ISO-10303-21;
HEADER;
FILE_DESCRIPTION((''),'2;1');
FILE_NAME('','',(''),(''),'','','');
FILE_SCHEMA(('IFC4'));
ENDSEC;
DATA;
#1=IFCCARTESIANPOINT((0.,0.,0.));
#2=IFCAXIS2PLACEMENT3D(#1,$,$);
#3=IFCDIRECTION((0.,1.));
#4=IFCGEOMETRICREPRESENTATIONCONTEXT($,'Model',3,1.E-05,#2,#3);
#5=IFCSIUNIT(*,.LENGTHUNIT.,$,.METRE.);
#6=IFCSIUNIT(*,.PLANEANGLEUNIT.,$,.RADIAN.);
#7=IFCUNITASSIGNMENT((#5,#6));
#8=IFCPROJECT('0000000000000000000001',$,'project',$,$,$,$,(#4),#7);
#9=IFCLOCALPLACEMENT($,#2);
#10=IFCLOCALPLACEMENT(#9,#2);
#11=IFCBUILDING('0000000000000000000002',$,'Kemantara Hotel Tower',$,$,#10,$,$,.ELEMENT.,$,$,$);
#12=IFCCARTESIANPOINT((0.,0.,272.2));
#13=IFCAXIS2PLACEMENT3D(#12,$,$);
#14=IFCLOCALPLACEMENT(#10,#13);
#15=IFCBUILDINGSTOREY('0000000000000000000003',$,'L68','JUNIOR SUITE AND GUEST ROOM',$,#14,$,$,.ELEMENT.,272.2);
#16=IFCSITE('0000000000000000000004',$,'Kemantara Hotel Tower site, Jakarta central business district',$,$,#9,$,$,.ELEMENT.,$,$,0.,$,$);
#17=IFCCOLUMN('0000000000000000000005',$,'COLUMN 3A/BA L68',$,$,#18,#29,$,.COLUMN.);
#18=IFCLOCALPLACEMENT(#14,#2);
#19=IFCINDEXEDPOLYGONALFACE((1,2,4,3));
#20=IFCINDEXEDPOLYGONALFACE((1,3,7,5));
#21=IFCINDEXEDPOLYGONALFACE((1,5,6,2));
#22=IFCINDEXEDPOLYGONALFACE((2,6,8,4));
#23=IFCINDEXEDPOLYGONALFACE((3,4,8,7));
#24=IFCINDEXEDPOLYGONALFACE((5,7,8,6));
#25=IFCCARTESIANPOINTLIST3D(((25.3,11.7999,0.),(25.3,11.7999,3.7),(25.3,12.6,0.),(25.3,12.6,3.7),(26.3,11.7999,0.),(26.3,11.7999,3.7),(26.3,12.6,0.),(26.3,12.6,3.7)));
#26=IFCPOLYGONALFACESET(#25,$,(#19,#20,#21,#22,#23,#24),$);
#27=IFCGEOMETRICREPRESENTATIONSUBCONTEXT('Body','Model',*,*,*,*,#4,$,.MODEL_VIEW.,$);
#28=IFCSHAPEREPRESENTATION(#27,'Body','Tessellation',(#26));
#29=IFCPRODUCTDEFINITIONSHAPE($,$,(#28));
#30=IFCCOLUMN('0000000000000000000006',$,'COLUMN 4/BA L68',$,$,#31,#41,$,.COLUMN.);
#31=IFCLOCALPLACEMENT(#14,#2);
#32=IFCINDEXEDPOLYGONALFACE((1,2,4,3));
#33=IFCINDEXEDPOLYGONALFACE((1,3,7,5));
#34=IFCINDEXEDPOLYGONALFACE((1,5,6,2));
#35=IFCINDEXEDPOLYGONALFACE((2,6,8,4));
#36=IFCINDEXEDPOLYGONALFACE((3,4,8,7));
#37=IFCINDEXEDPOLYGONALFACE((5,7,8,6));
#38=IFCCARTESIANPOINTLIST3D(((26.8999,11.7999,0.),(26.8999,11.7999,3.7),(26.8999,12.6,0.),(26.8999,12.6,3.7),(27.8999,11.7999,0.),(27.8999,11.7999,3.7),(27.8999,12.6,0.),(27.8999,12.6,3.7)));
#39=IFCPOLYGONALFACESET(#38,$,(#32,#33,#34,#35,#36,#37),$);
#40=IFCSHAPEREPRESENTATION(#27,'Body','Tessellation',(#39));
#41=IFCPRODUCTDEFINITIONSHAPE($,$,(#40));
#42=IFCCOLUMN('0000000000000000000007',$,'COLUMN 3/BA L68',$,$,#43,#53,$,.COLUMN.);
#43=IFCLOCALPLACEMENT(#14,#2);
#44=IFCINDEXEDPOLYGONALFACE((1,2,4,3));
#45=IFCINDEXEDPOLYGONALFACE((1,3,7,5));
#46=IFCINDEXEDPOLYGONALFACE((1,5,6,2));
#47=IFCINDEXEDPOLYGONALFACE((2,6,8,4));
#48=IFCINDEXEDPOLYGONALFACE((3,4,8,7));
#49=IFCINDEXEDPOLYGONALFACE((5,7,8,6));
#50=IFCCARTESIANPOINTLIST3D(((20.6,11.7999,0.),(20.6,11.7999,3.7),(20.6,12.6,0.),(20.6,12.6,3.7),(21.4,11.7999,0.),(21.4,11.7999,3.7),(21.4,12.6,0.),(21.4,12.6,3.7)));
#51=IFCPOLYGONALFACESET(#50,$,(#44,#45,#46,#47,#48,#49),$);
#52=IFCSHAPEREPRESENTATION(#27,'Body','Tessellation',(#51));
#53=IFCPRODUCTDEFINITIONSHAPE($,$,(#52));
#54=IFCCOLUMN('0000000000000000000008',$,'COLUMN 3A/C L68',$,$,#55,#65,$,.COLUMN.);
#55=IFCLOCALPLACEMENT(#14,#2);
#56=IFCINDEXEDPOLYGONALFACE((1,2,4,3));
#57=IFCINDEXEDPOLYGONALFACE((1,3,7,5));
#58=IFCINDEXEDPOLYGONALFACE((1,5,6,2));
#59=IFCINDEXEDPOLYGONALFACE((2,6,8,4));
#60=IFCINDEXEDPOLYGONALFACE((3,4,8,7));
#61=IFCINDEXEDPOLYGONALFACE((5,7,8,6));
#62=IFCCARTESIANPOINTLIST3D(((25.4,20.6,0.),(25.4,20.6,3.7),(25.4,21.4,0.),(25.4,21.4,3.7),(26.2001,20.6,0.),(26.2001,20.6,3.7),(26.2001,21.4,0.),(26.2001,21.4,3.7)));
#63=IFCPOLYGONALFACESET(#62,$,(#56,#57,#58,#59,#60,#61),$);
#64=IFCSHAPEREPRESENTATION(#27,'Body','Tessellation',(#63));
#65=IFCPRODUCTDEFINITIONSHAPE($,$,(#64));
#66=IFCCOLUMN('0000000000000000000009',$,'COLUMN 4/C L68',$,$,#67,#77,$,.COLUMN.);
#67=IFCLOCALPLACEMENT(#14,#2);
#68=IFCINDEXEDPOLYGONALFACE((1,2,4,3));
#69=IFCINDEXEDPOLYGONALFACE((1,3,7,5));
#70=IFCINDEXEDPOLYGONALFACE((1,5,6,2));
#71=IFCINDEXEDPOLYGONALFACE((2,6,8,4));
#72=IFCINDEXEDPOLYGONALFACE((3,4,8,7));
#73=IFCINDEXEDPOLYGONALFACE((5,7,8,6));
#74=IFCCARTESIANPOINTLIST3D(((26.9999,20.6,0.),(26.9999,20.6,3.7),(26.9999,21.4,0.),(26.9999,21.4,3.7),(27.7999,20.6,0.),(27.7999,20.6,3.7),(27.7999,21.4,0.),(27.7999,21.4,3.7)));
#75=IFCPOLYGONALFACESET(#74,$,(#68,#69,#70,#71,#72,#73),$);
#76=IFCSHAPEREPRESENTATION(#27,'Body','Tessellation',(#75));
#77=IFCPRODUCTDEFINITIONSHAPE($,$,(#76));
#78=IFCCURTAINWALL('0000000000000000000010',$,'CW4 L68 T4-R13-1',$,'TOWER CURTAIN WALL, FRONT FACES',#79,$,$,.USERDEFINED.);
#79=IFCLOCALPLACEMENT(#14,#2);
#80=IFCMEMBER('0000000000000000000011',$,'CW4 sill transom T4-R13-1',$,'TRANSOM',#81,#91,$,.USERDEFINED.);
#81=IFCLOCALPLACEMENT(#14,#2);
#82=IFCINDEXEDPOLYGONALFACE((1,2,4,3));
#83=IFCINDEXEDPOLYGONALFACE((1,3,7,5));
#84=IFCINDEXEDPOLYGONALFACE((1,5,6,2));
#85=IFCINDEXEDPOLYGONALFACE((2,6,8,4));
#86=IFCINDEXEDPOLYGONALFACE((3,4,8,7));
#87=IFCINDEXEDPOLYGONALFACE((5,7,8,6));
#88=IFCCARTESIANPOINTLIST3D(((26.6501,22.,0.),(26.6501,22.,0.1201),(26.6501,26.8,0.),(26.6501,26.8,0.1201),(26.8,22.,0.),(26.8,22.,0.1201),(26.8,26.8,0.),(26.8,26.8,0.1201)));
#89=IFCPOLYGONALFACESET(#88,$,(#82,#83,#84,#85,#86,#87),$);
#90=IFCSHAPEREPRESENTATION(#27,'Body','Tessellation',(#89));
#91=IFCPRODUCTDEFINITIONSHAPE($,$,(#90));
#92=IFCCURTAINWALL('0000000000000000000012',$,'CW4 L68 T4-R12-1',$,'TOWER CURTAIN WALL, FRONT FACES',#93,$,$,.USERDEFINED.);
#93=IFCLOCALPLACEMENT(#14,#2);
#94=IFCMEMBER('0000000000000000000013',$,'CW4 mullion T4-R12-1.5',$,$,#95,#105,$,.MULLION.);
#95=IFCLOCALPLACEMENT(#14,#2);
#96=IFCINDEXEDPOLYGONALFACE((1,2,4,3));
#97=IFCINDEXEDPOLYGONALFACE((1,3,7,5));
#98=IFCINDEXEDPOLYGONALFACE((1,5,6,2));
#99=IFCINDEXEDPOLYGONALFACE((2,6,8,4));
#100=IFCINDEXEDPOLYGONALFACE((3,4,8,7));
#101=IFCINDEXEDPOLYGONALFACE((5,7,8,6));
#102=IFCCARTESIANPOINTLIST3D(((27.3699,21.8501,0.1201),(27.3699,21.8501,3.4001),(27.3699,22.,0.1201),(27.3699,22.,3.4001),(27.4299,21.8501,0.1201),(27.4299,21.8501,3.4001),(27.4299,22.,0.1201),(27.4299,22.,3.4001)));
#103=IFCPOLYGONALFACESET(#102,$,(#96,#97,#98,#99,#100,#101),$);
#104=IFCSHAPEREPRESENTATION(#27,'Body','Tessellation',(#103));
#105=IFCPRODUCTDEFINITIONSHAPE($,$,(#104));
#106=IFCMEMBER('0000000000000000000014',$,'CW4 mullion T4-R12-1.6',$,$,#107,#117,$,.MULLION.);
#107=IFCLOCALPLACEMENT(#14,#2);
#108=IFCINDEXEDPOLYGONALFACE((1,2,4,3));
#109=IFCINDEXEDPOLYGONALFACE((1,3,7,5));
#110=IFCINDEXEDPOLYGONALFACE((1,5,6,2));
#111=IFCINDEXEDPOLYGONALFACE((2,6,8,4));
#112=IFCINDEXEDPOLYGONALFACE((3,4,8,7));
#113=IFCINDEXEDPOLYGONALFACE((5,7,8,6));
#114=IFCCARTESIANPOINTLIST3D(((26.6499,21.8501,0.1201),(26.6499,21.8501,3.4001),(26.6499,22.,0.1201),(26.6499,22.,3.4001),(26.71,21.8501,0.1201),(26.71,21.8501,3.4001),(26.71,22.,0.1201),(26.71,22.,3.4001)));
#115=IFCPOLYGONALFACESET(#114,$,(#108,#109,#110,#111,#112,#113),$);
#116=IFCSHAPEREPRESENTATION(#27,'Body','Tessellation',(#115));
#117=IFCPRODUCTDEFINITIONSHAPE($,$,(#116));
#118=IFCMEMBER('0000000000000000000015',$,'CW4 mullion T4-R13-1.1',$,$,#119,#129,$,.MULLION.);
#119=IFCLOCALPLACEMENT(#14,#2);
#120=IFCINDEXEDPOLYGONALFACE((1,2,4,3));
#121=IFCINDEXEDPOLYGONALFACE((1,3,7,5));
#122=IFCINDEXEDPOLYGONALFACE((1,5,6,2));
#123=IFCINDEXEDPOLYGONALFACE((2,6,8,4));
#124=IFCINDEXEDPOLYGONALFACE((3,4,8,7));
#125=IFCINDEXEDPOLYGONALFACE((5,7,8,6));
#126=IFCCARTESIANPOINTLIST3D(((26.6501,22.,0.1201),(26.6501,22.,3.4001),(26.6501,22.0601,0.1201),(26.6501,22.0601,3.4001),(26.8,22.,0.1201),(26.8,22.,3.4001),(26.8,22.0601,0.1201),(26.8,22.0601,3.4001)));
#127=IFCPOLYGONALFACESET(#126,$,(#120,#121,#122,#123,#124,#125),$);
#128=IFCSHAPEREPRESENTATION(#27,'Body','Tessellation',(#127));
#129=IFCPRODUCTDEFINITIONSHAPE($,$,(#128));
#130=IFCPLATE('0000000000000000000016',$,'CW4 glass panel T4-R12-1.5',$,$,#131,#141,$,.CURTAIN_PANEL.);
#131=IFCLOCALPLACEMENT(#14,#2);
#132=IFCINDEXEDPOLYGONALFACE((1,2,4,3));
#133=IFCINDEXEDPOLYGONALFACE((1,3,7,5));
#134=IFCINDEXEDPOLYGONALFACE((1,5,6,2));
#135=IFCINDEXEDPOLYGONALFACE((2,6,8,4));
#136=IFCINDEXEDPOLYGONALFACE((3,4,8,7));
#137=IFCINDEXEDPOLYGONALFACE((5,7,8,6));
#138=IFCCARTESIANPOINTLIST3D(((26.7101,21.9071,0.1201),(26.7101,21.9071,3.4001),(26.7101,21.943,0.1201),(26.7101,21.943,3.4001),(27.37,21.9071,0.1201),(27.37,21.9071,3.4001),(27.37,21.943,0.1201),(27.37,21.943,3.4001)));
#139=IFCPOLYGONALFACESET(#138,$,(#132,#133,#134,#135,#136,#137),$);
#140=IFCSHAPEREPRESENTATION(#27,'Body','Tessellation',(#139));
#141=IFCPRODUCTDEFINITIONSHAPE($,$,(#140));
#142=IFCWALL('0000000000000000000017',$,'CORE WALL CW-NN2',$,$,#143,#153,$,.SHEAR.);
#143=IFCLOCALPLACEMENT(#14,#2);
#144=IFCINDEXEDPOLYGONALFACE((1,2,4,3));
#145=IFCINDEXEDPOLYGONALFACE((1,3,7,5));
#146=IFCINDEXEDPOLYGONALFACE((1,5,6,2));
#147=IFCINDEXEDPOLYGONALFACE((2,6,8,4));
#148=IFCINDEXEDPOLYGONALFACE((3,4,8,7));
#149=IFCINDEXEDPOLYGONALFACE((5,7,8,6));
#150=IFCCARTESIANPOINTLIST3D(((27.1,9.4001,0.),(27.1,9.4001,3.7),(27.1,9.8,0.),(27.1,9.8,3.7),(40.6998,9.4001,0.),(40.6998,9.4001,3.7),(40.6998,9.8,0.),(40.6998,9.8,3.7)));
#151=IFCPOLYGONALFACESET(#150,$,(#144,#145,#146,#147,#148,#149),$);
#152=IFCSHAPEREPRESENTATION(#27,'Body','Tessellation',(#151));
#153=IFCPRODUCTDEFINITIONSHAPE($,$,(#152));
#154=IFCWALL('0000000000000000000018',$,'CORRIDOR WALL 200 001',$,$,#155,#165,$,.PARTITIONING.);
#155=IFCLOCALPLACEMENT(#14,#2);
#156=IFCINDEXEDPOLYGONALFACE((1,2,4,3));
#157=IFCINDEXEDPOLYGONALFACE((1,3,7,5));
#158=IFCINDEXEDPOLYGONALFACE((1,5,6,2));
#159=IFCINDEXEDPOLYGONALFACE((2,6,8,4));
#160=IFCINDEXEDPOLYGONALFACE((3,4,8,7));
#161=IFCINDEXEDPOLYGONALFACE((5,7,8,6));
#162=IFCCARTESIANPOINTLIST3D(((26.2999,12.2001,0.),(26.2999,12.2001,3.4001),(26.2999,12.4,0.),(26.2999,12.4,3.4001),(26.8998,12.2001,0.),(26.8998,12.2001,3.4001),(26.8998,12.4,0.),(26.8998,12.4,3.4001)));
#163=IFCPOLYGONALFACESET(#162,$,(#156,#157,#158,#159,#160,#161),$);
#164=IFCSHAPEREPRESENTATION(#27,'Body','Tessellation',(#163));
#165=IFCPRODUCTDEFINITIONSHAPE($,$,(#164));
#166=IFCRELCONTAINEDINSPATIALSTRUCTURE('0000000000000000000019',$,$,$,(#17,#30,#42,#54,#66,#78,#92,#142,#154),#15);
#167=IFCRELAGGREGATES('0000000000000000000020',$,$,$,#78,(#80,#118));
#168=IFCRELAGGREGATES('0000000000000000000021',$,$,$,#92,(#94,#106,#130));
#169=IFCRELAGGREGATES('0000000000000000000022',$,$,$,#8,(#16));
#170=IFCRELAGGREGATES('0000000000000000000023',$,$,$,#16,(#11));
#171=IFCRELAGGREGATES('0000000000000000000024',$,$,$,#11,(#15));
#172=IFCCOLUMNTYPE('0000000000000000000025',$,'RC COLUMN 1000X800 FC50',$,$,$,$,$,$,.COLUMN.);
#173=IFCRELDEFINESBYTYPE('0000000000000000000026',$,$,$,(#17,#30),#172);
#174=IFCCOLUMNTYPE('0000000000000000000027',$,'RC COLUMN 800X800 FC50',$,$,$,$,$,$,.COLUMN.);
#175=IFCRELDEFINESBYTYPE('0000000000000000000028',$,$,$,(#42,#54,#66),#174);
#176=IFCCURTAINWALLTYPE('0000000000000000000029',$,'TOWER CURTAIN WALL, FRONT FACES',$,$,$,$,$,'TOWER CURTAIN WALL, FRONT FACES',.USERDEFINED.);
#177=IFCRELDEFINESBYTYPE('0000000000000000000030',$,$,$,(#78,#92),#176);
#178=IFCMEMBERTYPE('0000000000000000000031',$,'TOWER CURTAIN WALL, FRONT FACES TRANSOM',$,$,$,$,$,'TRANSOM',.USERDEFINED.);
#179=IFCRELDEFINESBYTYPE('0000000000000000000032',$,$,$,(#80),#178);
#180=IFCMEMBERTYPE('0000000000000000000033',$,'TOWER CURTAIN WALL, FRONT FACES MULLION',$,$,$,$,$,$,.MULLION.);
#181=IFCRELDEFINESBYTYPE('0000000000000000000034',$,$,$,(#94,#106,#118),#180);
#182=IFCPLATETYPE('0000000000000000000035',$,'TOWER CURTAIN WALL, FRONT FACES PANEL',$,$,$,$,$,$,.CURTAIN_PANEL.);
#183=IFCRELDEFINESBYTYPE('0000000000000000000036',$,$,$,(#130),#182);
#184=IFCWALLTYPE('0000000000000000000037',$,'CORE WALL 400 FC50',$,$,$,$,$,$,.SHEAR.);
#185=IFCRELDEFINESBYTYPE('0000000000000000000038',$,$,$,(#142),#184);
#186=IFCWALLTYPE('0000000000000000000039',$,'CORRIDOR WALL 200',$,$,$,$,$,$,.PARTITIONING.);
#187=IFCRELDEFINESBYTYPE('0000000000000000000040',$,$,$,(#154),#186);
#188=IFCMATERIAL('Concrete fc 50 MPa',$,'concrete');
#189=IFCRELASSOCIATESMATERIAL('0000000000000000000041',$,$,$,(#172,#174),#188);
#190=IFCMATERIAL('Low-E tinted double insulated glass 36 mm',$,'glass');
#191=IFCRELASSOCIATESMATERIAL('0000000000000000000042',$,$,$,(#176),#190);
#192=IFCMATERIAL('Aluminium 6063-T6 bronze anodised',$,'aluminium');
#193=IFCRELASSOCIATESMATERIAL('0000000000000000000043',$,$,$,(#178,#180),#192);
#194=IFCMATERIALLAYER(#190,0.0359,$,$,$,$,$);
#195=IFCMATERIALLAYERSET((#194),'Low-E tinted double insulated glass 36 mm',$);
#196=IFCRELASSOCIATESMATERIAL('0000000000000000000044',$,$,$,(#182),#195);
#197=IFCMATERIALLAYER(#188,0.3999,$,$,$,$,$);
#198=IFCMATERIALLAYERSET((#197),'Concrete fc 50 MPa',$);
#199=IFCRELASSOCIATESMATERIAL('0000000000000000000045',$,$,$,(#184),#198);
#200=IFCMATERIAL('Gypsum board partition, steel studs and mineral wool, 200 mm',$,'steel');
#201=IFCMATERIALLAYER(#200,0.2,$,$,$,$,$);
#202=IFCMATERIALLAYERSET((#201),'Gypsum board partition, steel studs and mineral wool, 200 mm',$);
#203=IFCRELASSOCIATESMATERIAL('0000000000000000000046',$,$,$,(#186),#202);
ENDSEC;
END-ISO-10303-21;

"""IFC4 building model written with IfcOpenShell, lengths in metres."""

from ifc_helpers import new_model, si_unit, direction, frame, frame_2d, origin, origin_2d, place, context, subcontext, project, spatial, rectangle, extrude, source, transform, mapped, material, layer, layer_set, material_profile, profile_set, type_object, element, aggregate, save


model = new_model("IFC4")

# Units and contexts
model_context = context("Model", 3, precision=1e-05, world=origin(), true_north=direction((0.0, 1.0)))
body_context = subcontext(model_context, "Body", "Model", "MODEL_VIEW")
ifc_project = project(units=[si_unit("LENGTHUNIT", "METRE"), si_unit("PLANEANGLEUNIT", "RADIAN")], contexts=[model_context])

# Site, building, storey
site_placement = place(None, origin())
site = spatial("IfcSite", under=ifc_project, at=site_placement, Name="Kemantara Hotel Tower site, Jakarta central business district", CompositionType="ELEMENT", RefElevation=0.0)
building_placement = place(site_placement, origin())
building = spatial("IfcBuilding", under=site, at=building_placement, Name="Kemantara Hotel Tower", CompositionType="ELEMENT")
storey_placement = place(building_placement, frame((0.0, 0.0, 272.2)))
storey = spatial("IfcBuildingStorey", under=building, at=storey_placement, Name="L68", Description="JUNIOR SUITE AND GUEST ROOM", CompositionType="ELEMENT", Elevation=272.2)

# Columns
ifc_material_1 = material(Name="Concrete fc 50 MPa", Category="concrete")
ifc_material_profile_1 = material_profile(ifc_material_1, rectangle(XDim=1.0, YDim=0.8, at=origin_2d()), Name="RC 1000X800")
ifc_profile_set_1 = profile_set([ifc_material_profile_1], Name="Concrete fc 50 MPa")
column_type_1 = type_object("IfcColumnType", Name="RC COLUMN 1000X800 FC50", PredefinedType="COLUMN", material=ifc_profile_set_1)
for number, where, z_axis, x_axis, name in (
    (1, (25.8, 12.2, 0.0), (0.0, 0.0, 1.0), (1.0, 0.0, 0.0), "COLUMN 3A/BA L68"),
    (2, (27.3999, 12.2, 0.0), (0.0, 0.0, 1.0), (1.0, 0.0, 0.0), "COLUMN 4/BA L68"),
):
    element("IfcColumn", number, at=place(storey_placement, frame(where, z_axis=z_axis, x_axis=x_axis)), inside=storey, type_object=column_type_1, Name=name, PredefinedType="COLUMN", context=body_context, shape_type="SweptSolid", body=[
        extrude(rectangle(XDim=1.0, YDim=0.8, at=origin_2d()), origin(), (0.0, 0.0, 1.0), 3.7),
    ])
ifc_material_profile_2 = material_profile(ifc_material_1, rectangle(XDim=0.8, YDim=0.8, at=origin_2d()), Name="RC 800X800")
ifc_profile_set_2 = profile_set([ifc_material_profile_2], Name="Concrete fc 50 MPa")
column_type_2 = type_object("IfcColumnType", Name="RC COLUMN 800X800 FC50", PredefinedType="COLUMN", material=ifc_profile_set_2)
for number, where, z_axis, x_axis, name in (
    (3, (21.0, 12.2, 0.0), (0.0, 0.0, 1.0), (1.0, 0.0, 0.0), "COLUMN 3/BA L68"),
    (4, (25.8, 21.0, 0.0), (0.0, 0.0, 1.0), (1.0, 0.0, 0.0), "COLUMN 3A/C L68"),
    (5, (27.3999, 21.0, 0.0), (0.0, 0.0, 1.0), (1.0, 0.0, 0.0), "COLUMN 4/C L68"),
):
    element("IfcColumn", number, at=place(storey_placement, frame(where, z_axis=z_axis, x_axis=x_axis)), inside=storey, type_object=column_type_2, Name=name, PredefinedType="COLUMN", context=body_context, shape_type="SweptSolid", body=[
        extrude(rectangle(XDim=0.8, YDim=0.8, at=origin_2d()), origin(), (0.0, 0.0, 1.0), 3.7),
    ])

# Curtain wall, member
ifc_material_2 = material(Name="Low-E tinted double insulated glass 36 mm", Category="glass")
curtain_wall_type = type_object("IfcCurtainWallType", Name="TOWER CURTAIN WALL, FRONT FACES", ElementType="TOWER CURTAIN WALL, FRONT FACES", PredefinedType="USERDEFINED", material=ifc_material_2)
curtain_wall_1_placement = place(storey_placement, origin())
curtain_wall_1 = element("IfcCurtainWall", 6, at=curtain_wall_1_placement, inside=storey, type_object=curtain_wall_type, Name="CW4 L68 T4-R13-1", ObjectType="TOWER CURTAIN WALL, FRONT FACES", PredefinedType="USERDEFINED")
ifc_material_3 = material(Name="Aluminium 6063-T6 bronze anodised", Category="aluminium")
ifc_material_profile_3 = material_profile(ifc_material_3, rectangle(XDim=0.1499, YDim=0.1201, at=origin_2d()), Name="TOWER CURTAIN WALL, FRONT FACES TRANSOM")
ifc_profile_set_3 = profile_set([ifc_material_profile_3], Name="Aluminium 6063-T6 bronze anodised")
member_type_1 = type_object("IfcMemberType", Name="TOWER CURTAIN WALL, FRONT FACES TRANSOM", ElementType="TRANSOM", PredefinedType="USERDEFINED", material=ifc_profile_set_3)
member_1_placement = place(storey_placement, frame((26.7251, 22.0, 0.0601), z_axis=(0.0, 1.0, 0.0), x_axis=(-1.0, 0.0, 0.0)))
member_1 = element("IfcMember", 7, at=member_1_placement, type_object=member_type_1, Name="CW4 sill transom T4-R13-1", ObjectType="TRANSOM", PredefinedType="USERDEFINED", context=body_context, shape_type="SweptSolid", body=[
    extrude(rectangle(XDim=0.1499, YDim=0.1201, at=origin_2d()), origin(), (0.0, 0.0, 1.0), 4.8),
])

# Curtain wall, members
curtain_wall_2_placement = place(storey_placement, origin())
curtain_wall_2 = element("IfcCurtainWall", 8, at=curtain_wall_2_placement, inside=storey, type_object=curtain_wall_type, Name="CW4 L68 T4-R12-1", ObjectType="TOWER CURTAIN WALL, FRONT FACES", PredefinedType="USERDEFINED")
ifc_material_profile_4 = material_profile(ifc_material_3, rectangle(XDim=0.1499, YDim=0.0601, at=origin_2d()), Name="TOWER CURTAIN WALL, FRONT FACES MULLION")
ifc_profile_set_4 = profile_set([ifc_material_profile_4], Name="Aluminium 6063-T6 bronze anodised")
member_type_2 = type_object("IfcMemberType", Name="TOWER CURTAIN WALL, FRONT FACES MULLION", PredefinedType="MULLION", material=ifc_profile_set_4)
shared_shape_1 = source(origin(), body_context, "Body", "SweptSolid", [
    extrude(rectangle(XDim=0.1499, YDim=0.0601, at=origin_2d()), origin(), (0.0, 0.0, 1.0), 3.28),
])
member_2_placement = place(storey_placement, frame((27.3999, 21.925, 0.1201), z_axis=(0.0, 0.0, 1.0), x_axis=(0.0, -1.0, 0.0)))
member_2 = element("IfcMember", 9, at=member_2_placement, type_object=member_type_2, Name="CW4 mullion T4-R12-1.5", PredefinedType="MULLION", context=body_context, shape_type="MappedRepresentation", body=[
    mapped(shared_shape_1, transform((0.0, 0.0, 0.0))),
])
member_3_placement = place(storey_placement, frame((26.6799, 21.925, 0.1201), z_axis=(0.0, 0.0, 1.0), x_axis=(0.0, -1.0, 0.0)))
member_3 = element("IfcMember", 10, at=member_3_placement, type_object=member_type_2, Name="CW4 mullion T4-R12-1.6", PredefinedType="MULLION", context=body_context, shape_type="MappedRepresentation", body=[
    mapped(shared_shape_1, transform((0.0, 0.0, 0.0))),
])

# Member
member_4_placement = place(storey_placement, frame((26.7251, 22.03, 0.1201), z_axis=(0.0, 0.0, 1.0), x_axis=(-1.0, 0.0, 0.0)))
member_4 = element("IfcMember", 11, at=member_4_placement, type_object=member_type_2, Name="CW4 mullion T4-R13-1.1", PredefinedType="MULLION", context=body_context, shape_type="MappedRepresentation", body=[
    mapped(shared_shape_1, transform((0.0, 0.0, 0.0))),
])
aggregate(curtain_wall_1, [member_1, member_4])

# Plate
ifc_layer_1 = layer(ifc_material_2, 0.0359)
ifc_layer_set_1 = layer_set([ifc_layer_1], Name="Low-E tinted double insulated glass 36 mm")
plate_type = type_object("IfcPlateType", Name="TOWER CURTAIN WALL, FRONT FACES PANEL", PredefinedType="CURTAIN_PANEL", material=ifc_layer_set_1)
shared_shape_2 = source(origin(), body_context, "Body", "SweptSolid", [
    extrude(rectangle(XDim=0.6599, YDim=0.0359, at=origin_2d()), origin(), (0.0, 0.0, 1.0), 3.28),
])
plate_placement = place(storey_placement, frame((27.04, 21.925, 0.1201), z_axis=(0.0, 0.0, 1.0), x_axis=(-1.0, 0.0, 0.0)))
plate = element("IfcPlate", 12, at=plate_placement, type_object=plate_type, Name="CW4 glass panel T4-R12-1.5", PredefinedType="CURTAIN_PANEL", context=body_context, shape_type="MappedRepresentation", body=[
    mapped(shared_shape_2, transform((0.0, 0.0, 0.0))),
])
aggregate(curtain_wall_2, [member_2, member_3, plate])

# Walls
ifc_layer_2 = layer(ifc_material_1, 0.3999)
ifc_layer_set_2 = layer_set([ifc_layer_2], Name="Concrete fc 50 MPa")
wall_type_1 = type_object("IfcWallType", Name="CORE WALL 400 FC50", PredefinedType="SHEAR", material=ifc_layer_set_2)
wall_1_placement = place(storey_placement, frame((27.1001, 9.6001, 0.0), z_axis=(0.0, 0.0, 1.0), x_axis=(1.0, 0.0, 0.0)))
element("IfcWall", 13, at=wall_1_placement, inside=storey, type_object=wall_type_1, Name="CORE WALL CW-NN2", PredefinedType="SHEAR", context=body_context, shape_type="SweptSolid", body=[
    extrude(rectangle(XDim=13.5999, YDim=0.3999, at=frame_2d((6.7998, 0.0))), origin(), (0.0, 0.0, 1.0), 3.7),
])
ifc_material_4 = material(Name="Gypsum board partition, steel studs and mineral wool, 200 mm", Category="steel")
ifc_layer_3 = layer(ifc_material_4, 0.2)
ifc_layer_set_3 = layer_set([ifc_layer_3], Name="Gypsum board partition, steel studs and mineral wool, 200 mm")
wall_type_2 = type_object("IfcWallType", Name="CORRIDOR WALL 200", PredefinedType="PARTITIONING", material=ifc_layer_set_3)
wall_2_placement = place(storey_placement, frame((26.3, 12.3, 0.0), z_axis=(0.0, 0.0, 1.0), x_axis=(1.0, 0.0, 0.0)))
element("IfcWall", 14, at=wall_2_placement, inside=storey, type_object=wall_type_2, Name="CORRIDOR WALL 200 001", PredefinedType="PARTITIONING", context=body_context, shape_type="SweptSolid", body=[
    extrude(rectangle(XDim=0.5999, YDim=0.2, at=frame_2d((0.2998, 0.0))), origin(), (0.0, 0.0, 1.0), 3.4001),
])

save(model, "model.ifc")
